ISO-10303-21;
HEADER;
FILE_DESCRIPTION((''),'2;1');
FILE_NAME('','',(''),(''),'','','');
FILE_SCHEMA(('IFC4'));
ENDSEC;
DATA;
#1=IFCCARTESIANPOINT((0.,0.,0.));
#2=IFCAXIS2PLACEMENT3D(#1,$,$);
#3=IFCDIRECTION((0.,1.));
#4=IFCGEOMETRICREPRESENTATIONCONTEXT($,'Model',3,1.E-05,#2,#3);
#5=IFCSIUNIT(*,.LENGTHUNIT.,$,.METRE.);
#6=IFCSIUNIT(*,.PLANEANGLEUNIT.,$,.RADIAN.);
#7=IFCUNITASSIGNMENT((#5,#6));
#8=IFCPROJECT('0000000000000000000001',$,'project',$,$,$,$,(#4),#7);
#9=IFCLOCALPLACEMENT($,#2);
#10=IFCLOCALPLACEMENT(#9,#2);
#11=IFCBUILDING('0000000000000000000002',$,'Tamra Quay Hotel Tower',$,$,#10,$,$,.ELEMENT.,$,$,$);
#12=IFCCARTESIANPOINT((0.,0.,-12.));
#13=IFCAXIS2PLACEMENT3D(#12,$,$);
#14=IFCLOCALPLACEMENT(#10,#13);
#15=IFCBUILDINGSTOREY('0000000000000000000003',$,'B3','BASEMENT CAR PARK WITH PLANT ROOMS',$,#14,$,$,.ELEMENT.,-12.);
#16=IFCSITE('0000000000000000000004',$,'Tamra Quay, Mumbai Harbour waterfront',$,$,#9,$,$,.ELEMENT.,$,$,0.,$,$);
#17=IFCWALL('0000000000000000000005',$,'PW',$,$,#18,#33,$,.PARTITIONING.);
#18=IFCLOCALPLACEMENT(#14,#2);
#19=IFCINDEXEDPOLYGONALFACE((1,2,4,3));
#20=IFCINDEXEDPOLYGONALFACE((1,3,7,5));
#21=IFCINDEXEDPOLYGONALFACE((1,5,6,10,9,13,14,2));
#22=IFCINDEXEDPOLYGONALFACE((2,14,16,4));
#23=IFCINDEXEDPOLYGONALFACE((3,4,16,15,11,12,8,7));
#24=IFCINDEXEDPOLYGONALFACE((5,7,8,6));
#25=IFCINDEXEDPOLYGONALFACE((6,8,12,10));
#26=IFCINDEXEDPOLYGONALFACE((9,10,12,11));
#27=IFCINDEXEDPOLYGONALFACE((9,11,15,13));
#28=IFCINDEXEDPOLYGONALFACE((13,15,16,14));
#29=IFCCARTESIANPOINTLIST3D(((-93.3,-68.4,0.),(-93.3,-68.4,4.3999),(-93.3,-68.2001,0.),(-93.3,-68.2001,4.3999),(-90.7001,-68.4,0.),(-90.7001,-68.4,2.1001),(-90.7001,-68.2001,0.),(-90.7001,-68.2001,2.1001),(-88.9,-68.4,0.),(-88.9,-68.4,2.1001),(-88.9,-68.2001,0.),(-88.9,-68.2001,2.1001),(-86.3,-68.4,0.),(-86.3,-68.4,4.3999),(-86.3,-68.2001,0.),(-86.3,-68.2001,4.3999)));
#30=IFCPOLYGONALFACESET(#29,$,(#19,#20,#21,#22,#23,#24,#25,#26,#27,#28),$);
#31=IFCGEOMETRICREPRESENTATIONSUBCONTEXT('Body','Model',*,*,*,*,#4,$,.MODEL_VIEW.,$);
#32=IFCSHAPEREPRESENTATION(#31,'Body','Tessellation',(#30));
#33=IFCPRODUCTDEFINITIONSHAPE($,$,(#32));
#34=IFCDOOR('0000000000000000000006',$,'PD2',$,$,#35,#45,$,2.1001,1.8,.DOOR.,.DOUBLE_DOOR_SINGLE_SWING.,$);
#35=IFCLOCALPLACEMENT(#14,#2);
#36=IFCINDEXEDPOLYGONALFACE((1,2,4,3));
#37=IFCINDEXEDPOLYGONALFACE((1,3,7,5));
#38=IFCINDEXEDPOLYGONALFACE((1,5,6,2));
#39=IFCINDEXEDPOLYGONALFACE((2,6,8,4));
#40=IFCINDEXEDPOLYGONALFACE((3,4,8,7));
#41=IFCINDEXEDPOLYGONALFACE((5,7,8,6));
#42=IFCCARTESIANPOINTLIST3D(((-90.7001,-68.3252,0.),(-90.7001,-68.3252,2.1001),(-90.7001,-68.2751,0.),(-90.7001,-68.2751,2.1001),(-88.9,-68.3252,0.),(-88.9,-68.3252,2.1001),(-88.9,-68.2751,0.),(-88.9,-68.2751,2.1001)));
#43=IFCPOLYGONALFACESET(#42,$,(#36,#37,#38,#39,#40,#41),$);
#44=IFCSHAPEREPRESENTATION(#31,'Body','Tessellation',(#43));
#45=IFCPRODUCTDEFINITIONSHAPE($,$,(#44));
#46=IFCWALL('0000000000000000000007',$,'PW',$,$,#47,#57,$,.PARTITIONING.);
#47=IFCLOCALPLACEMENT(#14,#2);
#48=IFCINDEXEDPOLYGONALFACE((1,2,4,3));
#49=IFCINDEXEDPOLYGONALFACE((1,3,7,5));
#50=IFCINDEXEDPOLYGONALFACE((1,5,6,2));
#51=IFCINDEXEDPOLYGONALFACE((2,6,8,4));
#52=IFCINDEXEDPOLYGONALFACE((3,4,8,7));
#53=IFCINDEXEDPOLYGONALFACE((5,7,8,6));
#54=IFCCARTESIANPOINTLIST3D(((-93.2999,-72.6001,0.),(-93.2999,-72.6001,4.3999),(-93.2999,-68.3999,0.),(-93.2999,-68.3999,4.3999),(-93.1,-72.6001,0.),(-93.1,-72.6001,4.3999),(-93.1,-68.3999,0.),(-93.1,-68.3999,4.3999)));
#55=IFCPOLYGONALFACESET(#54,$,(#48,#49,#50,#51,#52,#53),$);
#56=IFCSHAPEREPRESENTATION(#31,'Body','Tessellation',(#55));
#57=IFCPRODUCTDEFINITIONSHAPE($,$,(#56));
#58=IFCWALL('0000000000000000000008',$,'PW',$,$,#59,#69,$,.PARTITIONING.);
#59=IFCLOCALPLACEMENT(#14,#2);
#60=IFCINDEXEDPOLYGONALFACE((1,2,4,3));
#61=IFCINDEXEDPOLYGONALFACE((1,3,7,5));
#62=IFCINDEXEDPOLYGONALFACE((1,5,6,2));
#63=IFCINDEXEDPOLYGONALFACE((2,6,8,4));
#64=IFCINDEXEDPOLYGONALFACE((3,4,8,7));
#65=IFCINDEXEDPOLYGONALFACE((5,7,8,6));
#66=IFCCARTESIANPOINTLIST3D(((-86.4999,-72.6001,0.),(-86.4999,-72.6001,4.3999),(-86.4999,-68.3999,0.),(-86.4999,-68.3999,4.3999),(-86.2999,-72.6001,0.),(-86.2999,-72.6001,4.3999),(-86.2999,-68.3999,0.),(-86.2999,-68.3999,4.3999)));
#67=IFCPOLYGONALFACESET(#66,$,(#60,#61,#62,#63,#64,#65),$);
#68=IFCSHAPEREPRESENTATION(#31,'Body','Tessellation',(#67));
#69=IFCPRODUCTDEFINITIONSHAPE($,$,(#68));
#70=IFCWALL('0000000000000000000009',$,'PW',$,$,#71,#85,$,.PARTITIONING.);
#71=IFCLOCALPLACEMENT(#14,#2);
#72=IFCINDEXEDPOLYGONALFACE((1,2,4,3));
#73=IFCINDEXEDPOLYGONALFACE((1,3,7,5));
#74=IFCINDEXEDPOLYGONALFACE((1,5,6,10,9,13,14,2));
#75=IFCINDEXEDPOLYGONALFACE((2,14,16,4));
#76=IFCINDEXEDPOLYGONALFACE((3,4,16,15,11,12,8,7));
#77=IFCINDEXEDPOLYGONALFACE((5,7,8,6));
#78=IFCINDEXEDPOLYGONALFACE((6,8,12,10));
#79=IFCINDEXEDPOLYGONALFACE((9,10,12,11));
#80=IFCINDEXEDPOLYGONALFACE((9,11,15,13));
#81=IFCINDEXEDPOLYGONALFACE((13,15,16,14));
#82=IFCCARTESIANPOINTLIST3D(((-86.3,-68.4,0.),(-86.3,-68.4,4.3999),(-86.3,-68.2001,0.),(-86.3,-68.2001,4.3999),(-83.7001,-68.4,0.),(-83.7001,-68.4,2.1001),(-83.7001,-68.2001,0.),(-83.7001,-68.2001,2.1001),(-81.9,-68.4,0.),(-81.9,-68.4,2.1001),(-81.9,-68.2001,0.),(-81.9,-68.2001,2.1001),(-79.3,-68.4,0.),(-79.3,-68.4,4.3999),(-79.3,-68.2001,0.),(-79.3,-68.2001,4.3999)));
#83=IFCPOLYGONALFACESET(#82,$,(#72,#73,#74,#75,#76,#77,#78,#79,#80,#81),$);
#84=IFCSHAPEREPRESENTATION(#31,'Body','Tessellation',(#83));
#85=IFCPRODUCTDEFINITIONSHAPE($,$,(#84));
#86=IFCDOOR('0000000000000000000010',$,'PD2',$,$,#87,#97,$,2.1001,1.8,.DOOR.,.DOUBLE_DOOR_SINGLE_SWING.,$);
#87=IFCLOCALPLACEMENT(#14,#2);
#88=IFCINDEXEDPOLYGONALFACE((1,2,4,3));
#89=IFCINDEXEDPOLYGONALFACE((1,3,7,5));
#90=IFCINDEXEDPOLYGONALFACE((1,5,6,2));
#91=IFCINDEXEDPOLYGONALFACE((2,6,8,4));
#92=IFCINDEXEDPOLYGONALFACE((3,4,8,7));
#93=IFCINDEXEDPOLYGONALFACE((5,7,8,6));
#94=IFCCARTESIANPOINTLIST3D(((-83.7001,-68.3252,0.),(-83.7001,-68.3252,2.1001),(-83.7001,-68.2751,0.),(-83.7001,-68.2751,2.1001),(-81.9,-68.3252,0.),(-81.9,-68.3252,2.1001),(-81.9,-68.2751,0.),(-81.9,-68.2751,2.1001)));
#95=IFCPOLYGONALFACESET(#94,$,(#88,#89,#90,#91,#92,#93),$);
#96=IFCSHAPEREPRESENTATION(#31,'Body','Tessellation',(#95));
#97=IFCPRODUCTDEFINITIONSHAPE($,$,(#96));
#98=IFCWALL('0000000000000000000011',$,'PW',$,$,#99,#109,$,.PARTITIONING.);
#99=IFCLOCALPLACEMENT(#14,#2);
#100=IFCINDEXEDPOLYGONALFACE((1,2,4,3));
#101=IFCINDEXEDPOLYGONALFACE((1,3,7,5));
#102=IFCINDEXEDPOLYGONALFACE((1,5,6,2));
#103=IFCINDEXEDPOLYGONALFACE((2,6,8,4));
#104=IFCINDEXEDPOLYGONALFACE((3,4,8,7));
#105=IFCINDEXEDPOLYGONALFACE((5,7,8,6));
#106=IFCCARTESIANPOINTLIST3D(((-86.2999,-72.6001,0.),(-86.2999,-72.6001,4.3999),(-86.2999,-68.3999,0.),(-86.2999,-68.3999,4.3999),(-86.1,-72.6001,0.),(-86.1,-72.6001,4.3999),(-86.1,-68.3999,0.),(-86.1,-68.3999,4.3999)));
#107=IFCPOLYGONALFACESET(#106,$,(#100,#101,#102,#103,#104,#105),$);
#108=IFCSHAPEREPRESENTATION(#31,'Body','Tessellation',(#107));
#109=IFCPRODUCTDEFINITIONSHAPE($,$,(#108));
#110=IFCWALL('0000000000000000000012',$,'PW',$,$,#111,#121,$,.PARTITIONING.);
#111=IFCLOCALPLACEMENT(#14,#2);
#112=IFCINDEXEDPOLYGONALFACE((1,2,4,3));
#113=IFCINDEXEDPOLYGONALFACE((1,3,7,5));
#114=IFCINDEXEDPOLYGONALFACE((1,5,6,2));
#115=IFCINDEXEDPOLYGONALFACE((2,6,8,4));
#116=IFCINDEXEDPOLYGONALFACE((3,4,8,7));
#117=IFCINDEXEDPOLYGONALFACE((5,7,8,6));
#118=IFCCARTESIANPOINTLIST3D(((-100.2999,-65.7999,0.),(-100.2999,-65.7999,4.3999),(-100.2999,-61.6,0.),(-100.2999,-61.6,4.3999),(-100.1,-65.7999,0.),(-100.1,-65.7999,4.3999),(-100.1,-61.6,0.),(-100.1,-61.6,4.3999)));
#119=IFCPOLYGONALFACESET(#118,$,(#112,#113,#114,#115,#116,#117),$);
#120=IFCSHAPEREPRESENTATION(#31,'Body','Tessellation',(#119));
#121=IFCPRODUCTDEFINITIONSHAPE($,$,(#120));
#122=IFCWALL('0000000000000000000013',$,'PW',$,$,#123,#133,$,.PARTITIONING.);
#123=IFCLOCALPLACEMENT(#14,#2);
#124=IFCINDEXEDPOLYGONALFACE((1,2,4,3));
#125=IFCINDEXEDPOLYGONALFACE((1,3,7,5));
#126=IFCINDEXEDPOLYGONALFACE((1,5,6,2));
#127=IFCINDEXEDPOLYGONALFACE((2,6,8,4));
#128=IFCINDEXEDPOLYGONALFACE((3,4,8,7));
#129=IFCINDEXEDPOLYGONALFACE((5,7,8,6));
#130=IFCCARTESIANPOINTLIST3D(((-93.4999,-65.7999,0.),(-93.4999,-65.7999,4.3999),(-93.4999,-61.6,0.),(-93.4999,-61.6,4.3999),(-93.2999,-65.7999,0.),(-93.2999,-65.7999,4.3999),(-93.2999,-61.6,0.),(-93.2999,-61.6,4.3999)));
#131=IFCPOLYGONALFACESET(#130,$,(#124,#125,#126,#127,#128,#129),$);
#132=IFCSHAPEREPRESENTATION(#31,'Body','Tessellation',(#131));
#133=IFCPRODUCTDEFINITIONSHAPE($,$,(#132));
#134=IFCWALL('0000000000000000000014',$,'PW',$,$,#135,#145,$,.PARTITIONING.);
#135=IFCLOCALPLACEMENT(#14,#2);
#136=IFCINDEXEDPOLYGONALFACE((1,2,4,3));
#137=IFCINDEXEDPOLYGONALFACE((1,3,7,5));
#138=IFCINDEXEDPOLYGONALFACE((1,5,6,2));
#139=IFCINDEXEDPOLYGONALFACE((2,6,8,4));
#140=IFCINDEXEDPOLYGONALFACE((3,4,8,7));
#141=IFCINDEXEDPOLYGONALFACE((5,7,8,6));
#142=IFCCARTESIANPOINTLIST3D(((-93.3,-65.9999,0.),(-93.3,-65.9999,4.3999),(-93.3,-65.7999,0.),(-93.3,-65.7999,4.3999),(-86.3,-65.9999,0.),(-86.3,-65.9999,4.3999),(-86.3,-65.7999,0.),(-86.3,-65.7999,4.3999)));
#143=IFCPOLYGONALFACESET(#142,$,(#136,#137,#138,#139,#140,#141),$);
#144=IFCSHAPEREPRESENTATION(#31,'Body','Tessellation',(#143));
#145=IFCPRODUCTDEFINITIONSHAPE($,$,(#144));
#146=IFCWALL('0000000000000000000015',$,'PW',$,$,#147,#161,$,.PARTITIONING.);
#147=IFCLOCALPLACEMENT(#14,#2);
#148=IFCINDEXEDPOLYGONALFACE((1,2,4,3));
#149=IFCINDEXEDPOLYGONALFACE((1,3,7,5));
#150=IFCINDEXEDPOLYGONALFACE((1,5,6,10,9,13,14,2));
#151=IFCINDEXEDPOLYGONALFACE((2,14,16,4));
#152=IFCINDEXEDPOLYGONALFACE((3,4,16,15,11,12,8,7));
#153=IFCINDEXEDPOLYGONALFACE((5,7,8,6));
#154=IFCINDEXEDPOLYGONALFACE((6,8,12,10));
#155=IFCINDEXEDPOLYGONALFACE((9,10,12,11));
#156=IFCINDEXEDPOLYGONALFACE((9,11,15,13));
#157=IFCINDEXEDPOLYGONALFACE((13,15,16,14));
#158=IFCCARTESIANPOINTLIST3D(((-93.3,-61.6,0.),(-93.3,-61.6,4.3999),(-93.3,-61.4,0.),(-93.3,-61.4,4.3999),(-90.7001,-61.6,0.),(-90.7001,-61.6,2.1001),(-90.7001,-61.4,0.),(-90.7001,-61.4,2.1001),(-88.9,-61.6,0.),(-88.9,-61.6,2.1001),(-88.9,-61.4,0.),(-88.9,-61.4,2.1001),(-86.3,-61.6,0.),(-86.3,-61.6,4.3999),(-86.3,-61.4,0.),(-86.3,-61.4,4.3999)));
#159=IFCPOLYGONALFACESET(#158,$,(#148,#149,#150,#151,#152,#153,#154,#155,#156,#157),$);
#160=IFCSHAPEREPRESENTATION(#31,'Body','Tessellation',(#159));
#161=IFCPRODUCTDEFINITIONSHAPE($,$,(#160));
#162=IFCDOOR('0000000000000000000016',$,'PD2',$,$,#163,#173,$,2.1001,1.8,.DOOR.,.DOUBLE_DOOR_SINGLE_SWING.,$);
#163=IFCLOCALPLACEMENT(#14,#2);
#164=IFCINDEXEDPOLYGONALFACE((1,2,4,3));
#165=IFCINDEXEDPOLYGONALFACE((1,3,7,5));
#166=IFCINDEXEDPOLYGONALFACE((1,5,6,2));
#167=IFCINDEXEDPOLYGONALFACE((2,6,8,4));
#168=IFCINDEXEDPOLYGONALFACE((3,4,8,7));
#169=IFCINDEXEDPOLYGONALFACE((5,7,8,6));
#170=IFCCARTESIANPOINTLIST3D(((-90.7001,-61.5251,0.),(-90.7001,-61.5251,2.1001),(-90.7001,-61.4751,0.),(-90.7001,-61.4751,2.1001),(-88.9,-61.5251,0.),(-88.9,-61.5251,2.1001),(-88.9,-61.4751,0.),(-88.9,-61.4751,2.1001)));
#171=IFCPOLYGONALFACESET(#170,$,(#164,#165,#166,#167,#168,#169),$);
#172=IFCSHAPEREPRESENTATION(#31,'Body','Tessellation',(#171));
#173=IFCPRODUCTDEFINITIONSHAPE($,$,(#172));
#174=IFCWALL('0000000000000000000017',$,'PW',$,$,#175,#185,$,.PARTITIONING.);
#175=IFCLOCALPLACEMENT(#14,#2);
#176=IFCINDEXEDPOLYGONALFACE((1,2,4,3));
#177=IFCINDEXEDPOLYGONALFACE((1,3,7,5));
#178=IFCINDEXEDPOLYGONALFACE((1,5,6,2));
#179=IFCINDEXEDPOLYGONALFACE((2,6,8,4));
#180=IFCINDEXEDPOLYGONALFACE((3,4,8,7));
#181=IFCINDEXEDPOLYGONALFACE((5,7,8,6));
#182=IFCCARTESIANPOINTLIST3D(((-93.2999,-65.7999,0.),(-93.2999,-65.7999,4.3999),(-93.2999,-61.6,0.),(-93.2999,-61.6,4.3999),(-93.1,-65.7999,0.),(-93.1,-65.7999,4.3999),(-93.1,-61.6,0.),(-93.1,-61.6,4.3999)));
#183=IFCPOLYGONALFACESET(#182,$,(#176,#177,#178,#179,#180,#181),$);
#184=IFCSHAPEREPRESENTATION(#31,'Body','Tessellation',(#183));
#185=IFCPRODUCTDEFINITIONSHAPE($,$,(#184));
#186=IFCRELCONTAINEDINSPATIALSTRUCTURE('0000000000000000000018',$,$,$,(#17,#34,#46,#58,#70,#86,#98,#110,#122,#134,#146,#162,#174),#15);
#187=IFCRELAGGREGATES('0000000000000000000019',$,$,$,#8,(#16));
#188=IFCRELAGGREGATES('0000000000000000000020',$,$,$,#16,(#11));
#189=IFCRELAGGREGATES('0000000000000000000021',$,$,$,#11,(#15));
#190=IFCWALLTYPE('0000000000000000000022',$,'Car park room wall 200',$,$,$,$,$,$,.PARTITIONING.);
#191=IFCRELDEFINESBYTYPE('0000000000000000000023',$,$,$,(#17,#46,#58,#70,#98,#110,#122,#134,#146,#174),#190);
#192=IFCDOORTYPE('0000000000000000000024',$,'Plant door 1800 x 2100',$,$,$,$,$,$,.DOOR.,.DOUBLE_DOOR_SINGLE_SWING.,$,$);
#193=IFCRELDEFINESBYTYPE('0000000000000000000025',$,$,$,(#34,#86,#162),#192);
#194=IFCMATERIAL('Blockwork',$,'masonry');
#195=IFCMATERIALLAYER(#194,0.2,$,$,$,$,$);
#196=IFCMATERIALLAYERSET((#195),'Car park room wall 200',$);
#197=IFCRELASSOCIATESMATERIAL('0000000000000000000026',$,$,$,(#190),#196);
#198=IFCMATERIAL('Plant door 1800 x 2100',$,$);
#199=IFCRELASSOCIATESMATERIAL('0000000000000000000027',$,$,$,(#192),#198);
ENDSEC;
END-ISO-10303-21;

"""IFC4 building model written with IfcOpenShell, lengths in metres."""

from ifc_helpers import new_model, si_unit, direction, frame, frame_2d, origin, place, context, subcontext, project, spatial, rectangle, extrude, material, layer, layer_set, type_object, element, fill, save


model = new_model("IFC4")

# Units and contexts
model_context = context("Model", 3, precision=1e-05, world=origin(), true_north=direction((0.0, 1.0)))
body_context = subcontext(model_context, "Body", "Model", "MODEL_VIEW")
ifc_project = project(units=[si_unit("LENGTHUNIT", "METRE"), si_unit("PLANEANGLEUNIT", "RADIAN")], contexts=[model_context])

# Site, building, storey
site_placement = place(None, origin())
site = spatial("IfcSite", under=ifc_project, at=site_placement, Name="Tamra Quay, Mumbai Harbour waterfront", CompositionType="ELEMENT", RefElevation=0.0)
building_placement = place(site_placement, origin())
building = spatial("IfcBuilding", under=site, at=building_placement, Name="Tamra Quay Hotel Tower", CompositionType="ELEMENT")
storey_placement = place(building_placement, frame((0.0, 0.0, -12.0)))
storey = spatial("IfcBuildingStorey", under=building, at=storey_placement, Name="B3", Description="BASEMENT CAR PARK WITH PLANT ROOMS", CompositionType="ELEMENT", Elevation=-12.0)

# Wall, opening, door
ifc_material_1 = material(Name="Blockwork", Category="masonry")
ifc_layer = layer(ifc_material_1, 0.2)
ifc_layer_set = layer_set([ifc_layer], Name="Car park room wall 200")
wall_type = type_object("IfcWallType", Name="Car park room wall 200", PredefinedType="PARTITIONING", material=ifc_layer_set)
wall_1_placement = place(storey_placement, frame((-93.3, -68.3, 0.0), z_axis=(0.0, 0.0, 1.0), x_axis=(1.0, 0.0, 0.0)))
wall_1 = element("IfcWall", 1, at=wall_1_placement, inside=storey, type_object=wall_type, Name="PW", PredefinedType="PARTITIONING", context=body_context, shape_type="SweptSolid", body=[
    extrude(rectangle(XDim=7.0, YDim=0.2, at=frame_2d((3.5, 0.0))), origin(), (0.0, 0.0, 1.0), 4.3999),
])
opening_1_placement = place(wall_1_placement, frame((2.6001, 0.0, 0.0)))
opening_1 = element("IfcOpeningElement", 2, at=opening_1_placement, cuts=wall_1, PredefinedType="OPENING", context=body_context, shape_type="SweptSolid", body=[
    extrude(rectangle(XDim=1.8, YDim=2.1001, at=frame_2d((0.8999, 1.05))), frame((0.0, 0.1099, 0.0), z_axis=(0.0, -1.0, 0.0), x_axis=(1.0, 0.0, 0.0)), (0.0, 0.0, 1.0), 0.22),
])
ifc_material_2 = material(Name="Plant door 1800 x 2100")
door_type = type_object("IfcDoorType", Name="Plant door 1800 x 2100", OperationType="DOUBLE_DOOR_SINGLE_SWING", PredefinedType="DOOR", material=ifc_material_2)
door_1_placement = place(opening_1_placement, origin())
door_1 = element("IfcDoor", 3, at=door_1_placement, inside=storey, type_object=door_type, Name="PD2", OperationType="DOUBLE_DOOR_SINGLE_SWING", OverallHeight=2.1001, OverallWidth=1.8, PredefinedType="DOOR", context=body_context, shape_type="SweptSolid", body=[
    extrude(rectangle(XDim=1.8, YDim=2.1001, at=frame_2d((0.8999, 1.05))), frame((0.0, 0.0249, 0.0), z_axis=(0.0, -1.0, 0.0), x_axis=(1.0, 0.0, 0.0)), (0.0, 0.0, 1.0), 0.05),
])
fill(opening_1, door_1)

# Walls
for number, where, z_axis, x_axis, name in (
    (4, (-93.2, -72.6001, 0.0), (0.0, 0.0, 1.0), (0.0, 1.0, 0.0), "PW"),
    (5, (-86.3999, -72.6001, 0.0), (0.0, 0.0, 1.0), (0.0, 1.0, 0.0), "PW"),
):
    element("IfcWall", number, at=place(storey_placement, frame(where, z_axis=z_axis, x_axis=x_axis)), inside=storey, type_object=wall_type, Name=name, PredefinedType="PARTITIONING", context=body_context, shape_type="SweptSolid", body=[
        extrude(rectangle(XDim=4.2002, YDim=0.2, at=frame_2d((2.1001, 0.0))), origin(), (0.0, 0.0, 1.0), 4.3999),
    ])

# Wall, opening, door
wall_2_placement = place(storey_placement, frame((-86.3, -68.3, 0.0), z_axis=(0.0, 0.0, 1.0), x_axis=(1.0, 0.0, 0.0)))
wall_2 = element("IfcWall", 6, at=wall_2_placement, inside=storey, type_object=wall_type, Name="PW", PredefinedType="PARTITIONING", context=body_context, shape_type="SweptSolid", body=[
    extrude(rectangle(XDim=7.0, YDim=0.2, at=frame_2d((3.5, 0.0))), origin(), (0.0, 0.0, 1.0), 4.3999),
])
opening_2_placement = place(wall_2_placement, frame((2.6001, 0.0, 0.0)))
opening_2 = element("IfcOpeningElement", 7, at=opening_2_placement, cuts=wall_2, PredefinedType="OPENING", context=body_context, shape_type="SweptSolid", body=[
    extrude(rectangle(XDim=1.8, YDim=2.1001, at=frame_2d((0.8999, 1.05))), frame((0.0, 0.1099, 0.0), z_axis=(0.0, -1.0, 0.0), x_axis=(1.0, 0.0, 0.0)), (0.0, 0.0, 1.0), 0.22),
])
door_2_placement = place(opening_2_placement, origin())
door_2 = element("IfcDoor", 8, at=door_2_placement, inside=storey, type_object=door_type, Name="PD2", OperationType="DOUBLE_DOOR_SINGLE_SWING", OverallHeight=2.1001, OverallWidth=1.8, PredefinedType="DOOR", context=body_context, shape_type="SweptSolid", body=[
    extrude(rectangle(XDim=1.8, YDim=2.1001, at=frame_2d((0.8999, 1.05))), frame((0.0, 0.0249, 0.0), z_axis=(0.0, -1.0, 0.0), x_axis=(1.0, 0.0, 0.0)), (0.0, 0.0, 1.0), 0.05),
])
fill(opening_2, door_2)

# Walls
wall_3_placement = place(storey_placement, frame((-86.2, -72.6001, 0.0), z_axis=(0.0, 0.0, 1.0), x_axis=(0.0, 1.0, 0.0)))
element("IfcWall", 9, at=wall_3_placement, inside=storey, type_object=wall_type, Name="PW", PredefinedType="PARTITIONING", context=body_context, shape_type="SweptSolid", body=[
    extrude(rectangle(XDim=4.2002, YDim=0.2, at=frame_2d((2.1001, 0.0))), origin(), (0.0, 0.0, 1.0), 4.3999),
])
for number, where, z_axis, x_axis, name in (
    (10, (-100.2, -65.8, 0.0), (0.0, 0.0, 1.0), (0.0, 1.0, 0.0), "PW"),
    (11, (-93.3999, -65.8, 0.0), (0.0, 0.0, 1.0), (0.0, 1.0, 0.0), "PW"),
):
    element("IfcWall", number, at=place(storey_placement, frame(where, z_axis=z_axis, x_axis=x_axis)), inside=storey, type_object=wall_type, Name=name, PredefinedType="PARTITIONING", context=body_context, shape_type="SweptSolid", body=[
        extrude(rectangle(XDim=4.2, YDim=0.2, at=frame_2d((2.1001, 0.0))), origin(), (0.0, 0.0, 1.0), 4.3999),
    ])
wall_4_placement = place(storey_placement, frame((-93.3, -65.8999, 0.0), z_axis=(0.0, 0.0, 1.0), x_axis=(1.0, 0.0, 0.0)))
element("IfcWall", 12, at=wall_4_placement, inside=storey, type_object=wall_type, Name="PW", PredefinedType="PARTITIONING", context=body_context, shape_type="SweptSolid", body=[
    extrude(rectangle(XDim=7.0, YDim=0.2, at=frame_2d((3.5, 0.0))), origin(), (0.0, 0.0, 1.0), 4.3999),
])

# Wall, opening, door
wall_5_placement = place(storey_placement, frame((-93.3, -61.5, 0.0), z_axis=(0.0, 0.0, 1.0), x_axis=(1.0, 0.0, 0.0)))
wall_5 = element("IfcWall", 13, at=wall_5_placement, inside=storey, type_object=wall_type, Name="PW", PredefinedType="PARTITIONING", context=body_context, shape_type="SweptSolid", body=[
    extrude(rectangle(XDim=7.0, YDim=0.2, at=frame_2d((3.5, 0.0))), origin(), (0.0, 0.0, 1.0), 4.3999),
])
opening_3_placement = place(wall_5_placement, frame((2.6001, 0.0, 0.0)))
opening_3 = element("IfcOpeningElement", 14, at=opening_3_placement, cuts=wall_5, PredefinedType="OPENING", context=body_context, shape_type="SweptSolid", body=[
    extrude(rectangle(XDim=1.8, YDim=2.1001, at=frame_2d((0.8999, 1.05))), frame((0.0, 0.1099, 0.0), z_axis=(0.0, -1.0, 0.0), x_axis=(1.0, 0.0, 0.0)), (0.0, 0.0, 1.0), 0.22),
])
door_3_placement = place(opening_3_placement, origin())
door_3 = element("IfcDoor", 15, at=door_3_placement, inside=storey, type_object=door_type, Name="PD2", OperationType="DOUBLE_DOOR_SINGLE_SWING", OverallHeight=2.1001, OverallWidth=1.8, PredefinedType="DOOR", context=body_context, shape_type="SweptSolid", body=[
    extrude(rectangle(XDim=1.8, YDim=2.1001, at=frame_2d((0.8999, 1.05))), frame((0.0, 0.0249, 0.0), z_axis=(0.0, -1.0, 0.0), x_axis=(1.0, 0.0, 0.0)), (0.0, 0.0, 1.0), 0.05),
])
fill(opening_3, door_3)

# Wall
for number, where, z_axis, x_axis, name in (
    (16, (-93.2, -65.8, 0.0), (0.0, 0.0, 1.0), (0.0, 1.0, 0.0), "PW"),
):
    element("IfcWall", number, at=place(storey_placement, frame(where, z_axis=z_axis, x_axis=x_axis)), inside=storey, type_object=wall_type, Name=name, PredefinedType="PARTITIONING", context=body_context, shape_type="SweptSolid", body=[
        extrude(rectangle(XDim=4.2, YDim=0.2, at=frame_2d((2.1001, 0.0))), origin(), (0.0, 0.0, 1.0), 4.3999),
    ])

save(model, "model.ifc")
